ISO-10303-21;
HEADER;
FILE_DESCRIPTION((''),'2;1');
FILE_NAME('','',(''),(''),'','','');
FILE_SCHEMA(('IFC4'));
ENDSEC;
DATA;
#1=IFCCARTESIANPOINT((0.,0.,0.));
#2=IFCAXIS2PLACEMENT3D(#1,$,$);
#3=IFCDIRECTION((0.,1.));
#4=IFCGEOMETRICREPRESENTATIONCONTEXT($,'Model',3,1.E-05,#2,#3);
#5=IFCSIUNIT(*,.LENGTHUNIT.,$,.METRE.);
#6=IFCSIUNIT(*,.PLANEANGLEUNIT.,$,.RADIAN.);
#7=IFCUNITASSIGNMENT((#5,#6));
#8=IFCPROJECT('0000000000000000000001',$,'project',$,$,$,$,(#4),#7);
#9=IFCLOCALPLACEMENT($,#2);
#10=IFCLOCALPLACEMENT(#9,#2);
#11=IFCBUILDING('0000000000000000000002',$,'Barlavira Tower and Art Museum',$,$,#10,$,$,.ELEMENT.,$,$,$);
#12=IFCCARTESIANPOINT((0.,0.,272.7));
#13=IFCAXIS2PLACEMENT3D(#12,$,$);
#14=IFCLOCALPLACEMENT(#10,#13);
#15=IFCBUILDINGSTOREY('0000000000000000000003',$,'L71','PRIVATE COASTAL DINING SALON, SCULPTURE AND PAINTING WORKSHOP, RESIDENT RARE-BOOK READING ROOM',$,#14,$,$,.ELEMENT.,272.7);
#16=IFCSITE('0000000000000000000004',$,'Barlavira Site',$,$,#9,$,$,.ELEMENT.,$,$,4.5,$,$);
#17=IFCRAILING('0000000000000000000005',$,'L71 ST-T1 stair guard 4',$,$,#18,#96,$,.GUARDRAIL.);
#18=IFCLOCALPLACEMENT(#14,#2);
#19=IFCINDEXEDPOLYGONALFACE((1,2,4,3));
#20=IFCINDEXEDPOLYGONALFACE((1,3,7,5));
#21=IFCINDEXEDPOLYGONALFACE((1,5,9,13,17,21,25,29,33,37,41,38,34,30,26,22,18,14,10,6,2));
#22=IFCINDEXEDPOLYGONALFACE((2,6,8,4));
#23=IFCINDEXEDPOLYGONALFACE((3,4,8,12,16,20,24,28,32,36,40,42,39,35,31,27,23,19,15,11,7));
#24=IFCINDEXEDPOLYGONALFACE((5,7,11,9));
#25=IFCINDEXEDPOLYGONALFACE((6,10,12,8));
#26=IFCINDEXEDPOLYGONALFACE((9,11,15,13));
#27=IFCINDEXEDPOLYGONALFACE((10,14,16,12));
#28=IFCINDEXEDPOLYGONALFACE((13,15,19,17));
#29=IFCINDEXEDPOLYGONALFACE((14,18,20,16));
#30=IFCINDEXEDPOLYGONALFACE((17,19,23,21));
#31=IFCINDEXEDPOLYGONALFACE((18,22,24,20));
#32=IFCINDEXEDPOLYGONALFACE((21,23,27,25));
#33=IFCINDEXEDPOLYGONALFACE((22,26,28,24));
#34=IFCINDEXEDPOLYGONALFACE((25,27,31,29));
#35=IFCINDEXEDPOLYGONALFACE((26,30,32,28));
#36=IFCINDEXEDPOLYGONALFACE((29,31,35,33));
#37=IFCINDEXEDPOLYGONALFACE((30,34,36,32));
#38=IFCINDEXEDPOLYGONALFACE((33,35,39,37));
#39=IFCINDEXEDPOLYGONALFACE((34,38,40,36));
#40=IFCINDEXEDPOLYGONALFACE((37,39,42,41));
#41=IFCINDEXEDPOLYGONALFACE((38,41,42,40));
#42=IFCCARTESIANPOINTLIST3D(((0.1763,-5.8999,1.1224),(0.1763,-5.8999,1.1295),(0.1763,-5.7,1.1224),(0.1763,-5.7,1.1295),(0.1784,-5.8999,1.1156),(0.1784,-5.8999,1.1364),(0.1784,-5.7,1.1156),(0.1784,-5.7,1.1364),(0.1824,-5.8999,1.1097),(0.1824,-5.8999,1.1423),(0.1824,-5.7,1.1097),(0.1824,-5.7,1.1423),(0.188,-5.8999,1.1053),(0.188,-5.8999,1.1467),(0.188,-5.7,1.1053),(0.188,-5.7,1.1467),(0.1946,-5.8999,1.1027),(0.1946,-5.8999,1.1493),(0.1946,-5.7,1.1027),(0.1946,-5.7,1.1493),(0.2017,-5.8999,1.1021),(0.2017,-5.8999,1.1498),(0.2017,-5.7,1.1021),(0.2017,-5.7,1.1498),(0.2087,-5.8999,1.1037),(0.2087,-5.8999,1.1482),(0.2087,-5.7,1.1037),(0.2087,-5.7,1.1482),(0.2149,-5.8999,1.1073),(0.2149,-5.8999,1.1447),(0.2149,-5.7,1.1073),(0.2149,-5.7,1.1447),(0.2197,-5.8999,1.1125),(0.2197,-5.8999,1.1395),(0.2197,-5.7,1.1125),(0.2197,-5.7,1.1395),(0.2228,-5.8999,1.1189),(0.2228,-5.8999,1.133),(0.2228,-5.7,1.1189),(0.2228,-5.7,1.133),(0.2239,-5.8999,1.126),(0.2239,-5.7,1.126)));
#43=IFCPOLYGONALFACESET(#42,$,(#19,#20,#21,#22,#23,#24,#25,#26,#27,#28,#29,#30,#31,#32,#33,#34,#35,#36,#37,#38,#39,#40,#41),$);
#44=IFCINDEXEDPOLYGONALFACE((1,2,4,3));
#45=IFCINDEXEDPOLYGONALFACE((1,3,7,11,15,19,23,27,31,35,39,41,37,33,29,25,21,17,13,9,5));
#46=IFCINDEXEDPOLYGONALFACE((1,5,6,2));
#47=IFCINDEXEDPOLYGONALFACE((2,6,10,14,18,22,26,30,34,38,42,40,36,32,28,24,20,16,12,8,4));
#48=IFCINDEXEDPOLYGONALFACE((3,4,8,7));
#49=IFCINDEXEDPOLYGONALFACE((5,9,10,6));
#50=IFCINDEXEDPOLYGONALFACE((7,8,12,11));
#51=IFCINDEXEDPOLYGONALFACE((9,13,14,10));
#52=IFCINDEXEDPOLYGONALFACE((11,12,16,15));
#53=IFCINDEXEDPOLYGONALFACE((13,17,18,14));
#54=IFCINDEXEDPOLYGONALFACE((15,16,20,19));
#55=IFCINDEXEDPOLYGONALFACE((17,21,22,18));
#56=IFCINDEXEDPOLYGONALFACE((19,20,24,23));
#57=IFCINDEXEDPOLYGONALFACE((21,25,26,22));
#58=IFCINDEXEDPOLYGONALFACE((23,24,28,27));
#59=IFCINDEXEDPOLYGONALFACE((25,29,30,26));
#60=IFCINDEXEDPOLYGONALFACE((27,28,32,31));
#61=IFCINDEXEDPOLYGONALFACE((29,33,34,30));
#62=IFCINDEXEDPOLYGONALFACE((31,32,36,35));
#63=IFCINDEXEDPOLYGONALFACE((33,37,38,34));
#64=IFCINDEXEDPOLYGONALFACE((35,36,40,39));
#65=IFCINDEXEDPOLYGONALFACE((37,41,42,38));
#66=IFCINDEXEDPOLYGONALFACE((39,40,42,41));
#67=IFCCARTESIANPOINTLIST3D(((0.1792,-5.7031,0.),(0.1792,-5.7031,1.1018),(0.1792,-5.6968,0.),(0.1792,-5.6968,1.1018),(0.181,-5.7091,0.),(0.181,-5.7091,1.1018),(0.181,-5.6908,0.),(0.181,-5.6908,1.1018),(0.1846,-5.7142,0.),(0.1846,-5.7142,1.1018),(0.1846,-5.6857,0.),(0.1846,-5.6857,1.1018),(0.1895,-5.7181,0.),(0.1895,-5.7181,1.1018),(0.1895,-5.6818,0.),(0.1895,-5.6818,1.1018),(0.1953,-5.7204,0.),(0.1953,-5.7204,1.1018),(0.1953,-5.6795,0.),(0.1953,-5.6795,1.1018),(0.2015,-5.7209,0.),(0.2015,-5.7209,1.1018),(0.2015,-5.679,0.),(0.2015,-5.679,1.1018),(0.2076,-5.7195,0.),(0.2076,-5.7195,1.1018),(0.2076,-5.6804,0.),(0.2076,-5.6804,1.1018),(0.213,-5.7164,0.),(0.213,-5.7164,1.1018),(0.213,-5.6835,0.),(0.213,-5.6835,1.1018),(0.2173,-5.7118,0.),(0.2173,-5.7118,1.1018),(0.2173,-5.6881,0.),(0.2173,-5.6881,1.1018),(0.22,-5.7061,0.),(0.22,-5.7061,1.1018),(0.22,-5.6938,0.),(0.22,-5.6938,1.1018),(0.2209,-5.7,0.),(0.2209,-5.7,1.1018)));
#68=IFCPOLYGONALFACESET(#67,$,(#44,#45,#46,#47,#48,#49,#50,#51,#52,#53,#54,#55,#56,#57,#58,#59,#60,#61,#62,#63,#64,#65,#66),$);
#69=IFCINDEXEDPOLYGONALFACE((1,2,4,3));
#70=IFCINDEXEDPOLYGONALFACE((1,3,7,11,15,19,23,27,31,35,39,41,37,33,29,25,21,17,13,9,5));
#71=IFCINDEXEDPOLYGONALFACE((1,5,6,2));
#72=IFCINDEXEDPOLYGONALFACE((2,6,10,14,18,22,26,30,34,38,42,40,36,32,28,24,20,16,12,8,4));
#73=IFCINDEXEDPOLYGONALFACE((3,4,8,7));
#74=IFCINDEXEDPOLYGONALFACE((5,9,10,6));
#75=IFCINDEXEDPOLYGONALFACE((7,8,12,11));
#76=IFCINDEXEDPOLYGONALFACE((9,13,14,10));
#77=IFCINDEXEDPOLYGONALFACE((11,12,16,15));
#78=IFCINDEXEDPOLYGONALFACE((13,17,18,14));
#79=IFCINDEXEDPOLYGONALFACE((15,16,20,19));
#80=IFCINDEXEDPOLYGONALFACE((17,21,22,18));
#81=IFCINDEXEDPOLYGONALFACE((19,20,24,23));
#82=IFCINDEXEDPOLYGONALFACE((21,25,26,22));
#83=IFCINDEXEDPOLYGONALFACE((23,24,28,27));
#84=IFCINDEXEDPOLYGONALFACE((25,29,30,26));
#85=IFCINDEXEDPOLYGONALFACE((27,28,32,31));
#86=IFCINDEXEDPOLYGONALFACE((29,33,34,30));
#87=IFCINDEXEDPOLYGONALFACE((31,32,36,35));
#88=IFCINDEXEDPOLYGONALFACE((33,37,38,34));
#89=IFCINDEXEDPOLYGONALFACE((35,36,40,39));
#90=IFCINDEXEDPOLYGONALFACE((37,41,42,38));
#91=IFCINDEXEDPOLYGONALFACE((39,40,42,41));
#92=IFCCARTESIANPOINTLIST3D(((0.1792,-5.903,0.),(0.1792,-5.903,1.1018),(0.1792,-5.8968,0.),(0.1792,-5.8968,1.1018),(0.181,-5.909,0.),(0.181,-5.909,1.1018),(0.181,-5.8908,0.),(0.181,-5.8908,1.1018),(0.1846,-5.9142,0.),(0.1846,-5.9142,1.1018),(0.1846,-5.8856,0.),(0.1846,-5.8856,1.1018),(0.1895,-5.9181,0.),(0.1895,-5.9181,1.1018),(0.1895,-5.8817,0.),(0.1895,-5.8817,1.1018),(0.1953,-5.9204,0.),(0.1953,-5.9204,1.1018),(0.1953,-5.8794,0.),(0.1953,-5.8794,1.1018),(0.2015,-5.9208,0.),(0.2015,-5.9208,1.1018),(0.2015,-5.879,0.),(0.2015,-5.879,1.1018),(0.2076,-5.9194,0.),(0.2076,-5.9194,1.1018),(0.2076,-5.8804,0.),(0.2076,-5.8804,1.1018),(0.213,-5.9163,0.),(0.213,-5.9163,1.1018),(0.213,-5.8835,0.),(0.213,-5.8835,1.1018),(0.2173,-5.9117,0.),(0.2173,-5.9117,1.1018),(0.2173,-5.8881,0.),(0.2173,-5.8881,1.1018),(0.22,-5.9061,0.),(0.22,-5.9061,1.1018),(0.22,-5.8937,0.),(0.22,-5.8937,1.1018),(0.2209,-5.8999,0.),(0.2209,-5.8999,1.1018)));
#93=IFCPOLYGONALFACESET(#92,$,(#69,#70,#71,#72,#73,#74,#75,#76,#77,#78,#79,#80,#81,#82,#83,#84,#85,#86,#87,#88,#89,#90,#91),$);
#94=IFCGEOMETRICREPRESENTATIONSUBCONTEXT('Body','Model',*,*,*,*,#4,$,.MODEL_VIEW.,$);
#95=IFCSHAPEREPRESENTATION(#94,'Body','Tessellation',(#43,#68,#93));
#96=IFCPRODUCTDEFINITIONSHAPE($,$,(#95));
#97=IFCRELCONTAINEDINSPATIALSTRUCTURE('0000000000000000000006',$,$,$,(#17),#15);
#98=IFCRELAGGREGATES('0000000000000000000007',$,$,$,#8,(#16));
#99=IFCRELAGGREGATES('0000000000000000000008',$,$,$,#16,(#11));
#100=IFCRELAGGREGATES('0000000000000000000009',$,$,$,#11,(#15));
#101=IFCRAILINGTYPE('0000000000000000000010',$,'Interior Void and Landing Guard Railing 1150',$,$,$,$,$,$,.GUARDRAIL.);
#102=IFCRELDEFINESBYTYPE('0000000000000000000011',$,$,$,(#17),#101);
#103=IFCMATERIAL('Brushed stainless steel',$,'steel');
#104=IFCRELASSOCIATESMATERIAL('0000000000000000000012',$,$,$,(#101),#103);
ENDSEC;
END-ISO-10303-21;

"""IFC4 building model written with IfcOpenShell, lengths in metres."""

from ifc_helpers import new_model, si_unit, direction, frame, origin, origin_2d, place, context, subcontext, project, spatial, circle, extrude, material, type_object, element, save


model = new_model("IFC4")

# Units and contexts
model_context = context("Model", 3, precision=1e-05, world=origin(), true_north=direction((0.0, 1.0)))
body_context = subcontext(model_context, "Body", "Model", "MODEL_VIEW")
ifc_project = project(units=[si_unit("LENGTHUNIT", "METRE"), si_unit("PLANEANGLEUNIT", "RADIAN")], contexts=[model_context])

# Site, building, storey
site_placement = place(None, origin())
site = spatial("IfcSite", under=ifc_project, at=site_placement, Name="Barlavira Site", CompositionType="ELEMENT", RefElevation=4.5)
building_placement = place(site_placement, origin())
building = spatial("IfcBuilding", under=site, at=building_placement, Name="Barlavira Tower and Art Museum", CompositionType="ELEMENT")
storey_placement = place(building_placement, frame((0.0, 0.0, 272.7)))
storey = spatial("IfcBuildingStorey", under=building, at=storey_placement, Name="L71", Description="PRIVATE COASTAL DINING SALON, SCULPTURE AND PAINTING WORKSHOP, RESIDENT RARE-BOOK READING ROOM", CompositionType="ELEMENT", Elevation=272.7)

# Shared definitions
ifc_material_1 = material(Name="Brushed stainless steel", Category="steel")

# Railing
railing_type_1 = type_object("IfcRailingType", Name="Interior Void and Landing Guard Railing 1150", PredefinedType="GUARDRAIL", material=ifc_material_1)
railing_1_placement = place(storey_placement, frame((0.2, -5.7, 0.0)))
element("IfcRailing", 1, at=railing_1_placement, inside=storey, type_object=railing_type_1, Name="L71 ST-T1 stair guard 4", PredefinedType="GUARDRAIL", context=body_context, shape_type="SweptSolid", body=[
    extrude(circle(Radius=0.0239, at=origin_2d()), frame((0.0, 0.0, 1.126), z_axis=(0.0, -1.0, 0.0), x_axis=(1.0, 0.0, 0.0)), (0.0, 0.0, 1.0), 0.2),
    extrude(circle(Radius=0.021, at=origin_2d()), origin(), (0.0, 0.0, 1.0), 1.1018),
    extrude(circle(Radius=0.021, at=origin_2d()), frame((0.0, -0.2, 0.0)), (0.0, 0.0, 1.0), 1.1018),
])

save(model, "model.ifc")
